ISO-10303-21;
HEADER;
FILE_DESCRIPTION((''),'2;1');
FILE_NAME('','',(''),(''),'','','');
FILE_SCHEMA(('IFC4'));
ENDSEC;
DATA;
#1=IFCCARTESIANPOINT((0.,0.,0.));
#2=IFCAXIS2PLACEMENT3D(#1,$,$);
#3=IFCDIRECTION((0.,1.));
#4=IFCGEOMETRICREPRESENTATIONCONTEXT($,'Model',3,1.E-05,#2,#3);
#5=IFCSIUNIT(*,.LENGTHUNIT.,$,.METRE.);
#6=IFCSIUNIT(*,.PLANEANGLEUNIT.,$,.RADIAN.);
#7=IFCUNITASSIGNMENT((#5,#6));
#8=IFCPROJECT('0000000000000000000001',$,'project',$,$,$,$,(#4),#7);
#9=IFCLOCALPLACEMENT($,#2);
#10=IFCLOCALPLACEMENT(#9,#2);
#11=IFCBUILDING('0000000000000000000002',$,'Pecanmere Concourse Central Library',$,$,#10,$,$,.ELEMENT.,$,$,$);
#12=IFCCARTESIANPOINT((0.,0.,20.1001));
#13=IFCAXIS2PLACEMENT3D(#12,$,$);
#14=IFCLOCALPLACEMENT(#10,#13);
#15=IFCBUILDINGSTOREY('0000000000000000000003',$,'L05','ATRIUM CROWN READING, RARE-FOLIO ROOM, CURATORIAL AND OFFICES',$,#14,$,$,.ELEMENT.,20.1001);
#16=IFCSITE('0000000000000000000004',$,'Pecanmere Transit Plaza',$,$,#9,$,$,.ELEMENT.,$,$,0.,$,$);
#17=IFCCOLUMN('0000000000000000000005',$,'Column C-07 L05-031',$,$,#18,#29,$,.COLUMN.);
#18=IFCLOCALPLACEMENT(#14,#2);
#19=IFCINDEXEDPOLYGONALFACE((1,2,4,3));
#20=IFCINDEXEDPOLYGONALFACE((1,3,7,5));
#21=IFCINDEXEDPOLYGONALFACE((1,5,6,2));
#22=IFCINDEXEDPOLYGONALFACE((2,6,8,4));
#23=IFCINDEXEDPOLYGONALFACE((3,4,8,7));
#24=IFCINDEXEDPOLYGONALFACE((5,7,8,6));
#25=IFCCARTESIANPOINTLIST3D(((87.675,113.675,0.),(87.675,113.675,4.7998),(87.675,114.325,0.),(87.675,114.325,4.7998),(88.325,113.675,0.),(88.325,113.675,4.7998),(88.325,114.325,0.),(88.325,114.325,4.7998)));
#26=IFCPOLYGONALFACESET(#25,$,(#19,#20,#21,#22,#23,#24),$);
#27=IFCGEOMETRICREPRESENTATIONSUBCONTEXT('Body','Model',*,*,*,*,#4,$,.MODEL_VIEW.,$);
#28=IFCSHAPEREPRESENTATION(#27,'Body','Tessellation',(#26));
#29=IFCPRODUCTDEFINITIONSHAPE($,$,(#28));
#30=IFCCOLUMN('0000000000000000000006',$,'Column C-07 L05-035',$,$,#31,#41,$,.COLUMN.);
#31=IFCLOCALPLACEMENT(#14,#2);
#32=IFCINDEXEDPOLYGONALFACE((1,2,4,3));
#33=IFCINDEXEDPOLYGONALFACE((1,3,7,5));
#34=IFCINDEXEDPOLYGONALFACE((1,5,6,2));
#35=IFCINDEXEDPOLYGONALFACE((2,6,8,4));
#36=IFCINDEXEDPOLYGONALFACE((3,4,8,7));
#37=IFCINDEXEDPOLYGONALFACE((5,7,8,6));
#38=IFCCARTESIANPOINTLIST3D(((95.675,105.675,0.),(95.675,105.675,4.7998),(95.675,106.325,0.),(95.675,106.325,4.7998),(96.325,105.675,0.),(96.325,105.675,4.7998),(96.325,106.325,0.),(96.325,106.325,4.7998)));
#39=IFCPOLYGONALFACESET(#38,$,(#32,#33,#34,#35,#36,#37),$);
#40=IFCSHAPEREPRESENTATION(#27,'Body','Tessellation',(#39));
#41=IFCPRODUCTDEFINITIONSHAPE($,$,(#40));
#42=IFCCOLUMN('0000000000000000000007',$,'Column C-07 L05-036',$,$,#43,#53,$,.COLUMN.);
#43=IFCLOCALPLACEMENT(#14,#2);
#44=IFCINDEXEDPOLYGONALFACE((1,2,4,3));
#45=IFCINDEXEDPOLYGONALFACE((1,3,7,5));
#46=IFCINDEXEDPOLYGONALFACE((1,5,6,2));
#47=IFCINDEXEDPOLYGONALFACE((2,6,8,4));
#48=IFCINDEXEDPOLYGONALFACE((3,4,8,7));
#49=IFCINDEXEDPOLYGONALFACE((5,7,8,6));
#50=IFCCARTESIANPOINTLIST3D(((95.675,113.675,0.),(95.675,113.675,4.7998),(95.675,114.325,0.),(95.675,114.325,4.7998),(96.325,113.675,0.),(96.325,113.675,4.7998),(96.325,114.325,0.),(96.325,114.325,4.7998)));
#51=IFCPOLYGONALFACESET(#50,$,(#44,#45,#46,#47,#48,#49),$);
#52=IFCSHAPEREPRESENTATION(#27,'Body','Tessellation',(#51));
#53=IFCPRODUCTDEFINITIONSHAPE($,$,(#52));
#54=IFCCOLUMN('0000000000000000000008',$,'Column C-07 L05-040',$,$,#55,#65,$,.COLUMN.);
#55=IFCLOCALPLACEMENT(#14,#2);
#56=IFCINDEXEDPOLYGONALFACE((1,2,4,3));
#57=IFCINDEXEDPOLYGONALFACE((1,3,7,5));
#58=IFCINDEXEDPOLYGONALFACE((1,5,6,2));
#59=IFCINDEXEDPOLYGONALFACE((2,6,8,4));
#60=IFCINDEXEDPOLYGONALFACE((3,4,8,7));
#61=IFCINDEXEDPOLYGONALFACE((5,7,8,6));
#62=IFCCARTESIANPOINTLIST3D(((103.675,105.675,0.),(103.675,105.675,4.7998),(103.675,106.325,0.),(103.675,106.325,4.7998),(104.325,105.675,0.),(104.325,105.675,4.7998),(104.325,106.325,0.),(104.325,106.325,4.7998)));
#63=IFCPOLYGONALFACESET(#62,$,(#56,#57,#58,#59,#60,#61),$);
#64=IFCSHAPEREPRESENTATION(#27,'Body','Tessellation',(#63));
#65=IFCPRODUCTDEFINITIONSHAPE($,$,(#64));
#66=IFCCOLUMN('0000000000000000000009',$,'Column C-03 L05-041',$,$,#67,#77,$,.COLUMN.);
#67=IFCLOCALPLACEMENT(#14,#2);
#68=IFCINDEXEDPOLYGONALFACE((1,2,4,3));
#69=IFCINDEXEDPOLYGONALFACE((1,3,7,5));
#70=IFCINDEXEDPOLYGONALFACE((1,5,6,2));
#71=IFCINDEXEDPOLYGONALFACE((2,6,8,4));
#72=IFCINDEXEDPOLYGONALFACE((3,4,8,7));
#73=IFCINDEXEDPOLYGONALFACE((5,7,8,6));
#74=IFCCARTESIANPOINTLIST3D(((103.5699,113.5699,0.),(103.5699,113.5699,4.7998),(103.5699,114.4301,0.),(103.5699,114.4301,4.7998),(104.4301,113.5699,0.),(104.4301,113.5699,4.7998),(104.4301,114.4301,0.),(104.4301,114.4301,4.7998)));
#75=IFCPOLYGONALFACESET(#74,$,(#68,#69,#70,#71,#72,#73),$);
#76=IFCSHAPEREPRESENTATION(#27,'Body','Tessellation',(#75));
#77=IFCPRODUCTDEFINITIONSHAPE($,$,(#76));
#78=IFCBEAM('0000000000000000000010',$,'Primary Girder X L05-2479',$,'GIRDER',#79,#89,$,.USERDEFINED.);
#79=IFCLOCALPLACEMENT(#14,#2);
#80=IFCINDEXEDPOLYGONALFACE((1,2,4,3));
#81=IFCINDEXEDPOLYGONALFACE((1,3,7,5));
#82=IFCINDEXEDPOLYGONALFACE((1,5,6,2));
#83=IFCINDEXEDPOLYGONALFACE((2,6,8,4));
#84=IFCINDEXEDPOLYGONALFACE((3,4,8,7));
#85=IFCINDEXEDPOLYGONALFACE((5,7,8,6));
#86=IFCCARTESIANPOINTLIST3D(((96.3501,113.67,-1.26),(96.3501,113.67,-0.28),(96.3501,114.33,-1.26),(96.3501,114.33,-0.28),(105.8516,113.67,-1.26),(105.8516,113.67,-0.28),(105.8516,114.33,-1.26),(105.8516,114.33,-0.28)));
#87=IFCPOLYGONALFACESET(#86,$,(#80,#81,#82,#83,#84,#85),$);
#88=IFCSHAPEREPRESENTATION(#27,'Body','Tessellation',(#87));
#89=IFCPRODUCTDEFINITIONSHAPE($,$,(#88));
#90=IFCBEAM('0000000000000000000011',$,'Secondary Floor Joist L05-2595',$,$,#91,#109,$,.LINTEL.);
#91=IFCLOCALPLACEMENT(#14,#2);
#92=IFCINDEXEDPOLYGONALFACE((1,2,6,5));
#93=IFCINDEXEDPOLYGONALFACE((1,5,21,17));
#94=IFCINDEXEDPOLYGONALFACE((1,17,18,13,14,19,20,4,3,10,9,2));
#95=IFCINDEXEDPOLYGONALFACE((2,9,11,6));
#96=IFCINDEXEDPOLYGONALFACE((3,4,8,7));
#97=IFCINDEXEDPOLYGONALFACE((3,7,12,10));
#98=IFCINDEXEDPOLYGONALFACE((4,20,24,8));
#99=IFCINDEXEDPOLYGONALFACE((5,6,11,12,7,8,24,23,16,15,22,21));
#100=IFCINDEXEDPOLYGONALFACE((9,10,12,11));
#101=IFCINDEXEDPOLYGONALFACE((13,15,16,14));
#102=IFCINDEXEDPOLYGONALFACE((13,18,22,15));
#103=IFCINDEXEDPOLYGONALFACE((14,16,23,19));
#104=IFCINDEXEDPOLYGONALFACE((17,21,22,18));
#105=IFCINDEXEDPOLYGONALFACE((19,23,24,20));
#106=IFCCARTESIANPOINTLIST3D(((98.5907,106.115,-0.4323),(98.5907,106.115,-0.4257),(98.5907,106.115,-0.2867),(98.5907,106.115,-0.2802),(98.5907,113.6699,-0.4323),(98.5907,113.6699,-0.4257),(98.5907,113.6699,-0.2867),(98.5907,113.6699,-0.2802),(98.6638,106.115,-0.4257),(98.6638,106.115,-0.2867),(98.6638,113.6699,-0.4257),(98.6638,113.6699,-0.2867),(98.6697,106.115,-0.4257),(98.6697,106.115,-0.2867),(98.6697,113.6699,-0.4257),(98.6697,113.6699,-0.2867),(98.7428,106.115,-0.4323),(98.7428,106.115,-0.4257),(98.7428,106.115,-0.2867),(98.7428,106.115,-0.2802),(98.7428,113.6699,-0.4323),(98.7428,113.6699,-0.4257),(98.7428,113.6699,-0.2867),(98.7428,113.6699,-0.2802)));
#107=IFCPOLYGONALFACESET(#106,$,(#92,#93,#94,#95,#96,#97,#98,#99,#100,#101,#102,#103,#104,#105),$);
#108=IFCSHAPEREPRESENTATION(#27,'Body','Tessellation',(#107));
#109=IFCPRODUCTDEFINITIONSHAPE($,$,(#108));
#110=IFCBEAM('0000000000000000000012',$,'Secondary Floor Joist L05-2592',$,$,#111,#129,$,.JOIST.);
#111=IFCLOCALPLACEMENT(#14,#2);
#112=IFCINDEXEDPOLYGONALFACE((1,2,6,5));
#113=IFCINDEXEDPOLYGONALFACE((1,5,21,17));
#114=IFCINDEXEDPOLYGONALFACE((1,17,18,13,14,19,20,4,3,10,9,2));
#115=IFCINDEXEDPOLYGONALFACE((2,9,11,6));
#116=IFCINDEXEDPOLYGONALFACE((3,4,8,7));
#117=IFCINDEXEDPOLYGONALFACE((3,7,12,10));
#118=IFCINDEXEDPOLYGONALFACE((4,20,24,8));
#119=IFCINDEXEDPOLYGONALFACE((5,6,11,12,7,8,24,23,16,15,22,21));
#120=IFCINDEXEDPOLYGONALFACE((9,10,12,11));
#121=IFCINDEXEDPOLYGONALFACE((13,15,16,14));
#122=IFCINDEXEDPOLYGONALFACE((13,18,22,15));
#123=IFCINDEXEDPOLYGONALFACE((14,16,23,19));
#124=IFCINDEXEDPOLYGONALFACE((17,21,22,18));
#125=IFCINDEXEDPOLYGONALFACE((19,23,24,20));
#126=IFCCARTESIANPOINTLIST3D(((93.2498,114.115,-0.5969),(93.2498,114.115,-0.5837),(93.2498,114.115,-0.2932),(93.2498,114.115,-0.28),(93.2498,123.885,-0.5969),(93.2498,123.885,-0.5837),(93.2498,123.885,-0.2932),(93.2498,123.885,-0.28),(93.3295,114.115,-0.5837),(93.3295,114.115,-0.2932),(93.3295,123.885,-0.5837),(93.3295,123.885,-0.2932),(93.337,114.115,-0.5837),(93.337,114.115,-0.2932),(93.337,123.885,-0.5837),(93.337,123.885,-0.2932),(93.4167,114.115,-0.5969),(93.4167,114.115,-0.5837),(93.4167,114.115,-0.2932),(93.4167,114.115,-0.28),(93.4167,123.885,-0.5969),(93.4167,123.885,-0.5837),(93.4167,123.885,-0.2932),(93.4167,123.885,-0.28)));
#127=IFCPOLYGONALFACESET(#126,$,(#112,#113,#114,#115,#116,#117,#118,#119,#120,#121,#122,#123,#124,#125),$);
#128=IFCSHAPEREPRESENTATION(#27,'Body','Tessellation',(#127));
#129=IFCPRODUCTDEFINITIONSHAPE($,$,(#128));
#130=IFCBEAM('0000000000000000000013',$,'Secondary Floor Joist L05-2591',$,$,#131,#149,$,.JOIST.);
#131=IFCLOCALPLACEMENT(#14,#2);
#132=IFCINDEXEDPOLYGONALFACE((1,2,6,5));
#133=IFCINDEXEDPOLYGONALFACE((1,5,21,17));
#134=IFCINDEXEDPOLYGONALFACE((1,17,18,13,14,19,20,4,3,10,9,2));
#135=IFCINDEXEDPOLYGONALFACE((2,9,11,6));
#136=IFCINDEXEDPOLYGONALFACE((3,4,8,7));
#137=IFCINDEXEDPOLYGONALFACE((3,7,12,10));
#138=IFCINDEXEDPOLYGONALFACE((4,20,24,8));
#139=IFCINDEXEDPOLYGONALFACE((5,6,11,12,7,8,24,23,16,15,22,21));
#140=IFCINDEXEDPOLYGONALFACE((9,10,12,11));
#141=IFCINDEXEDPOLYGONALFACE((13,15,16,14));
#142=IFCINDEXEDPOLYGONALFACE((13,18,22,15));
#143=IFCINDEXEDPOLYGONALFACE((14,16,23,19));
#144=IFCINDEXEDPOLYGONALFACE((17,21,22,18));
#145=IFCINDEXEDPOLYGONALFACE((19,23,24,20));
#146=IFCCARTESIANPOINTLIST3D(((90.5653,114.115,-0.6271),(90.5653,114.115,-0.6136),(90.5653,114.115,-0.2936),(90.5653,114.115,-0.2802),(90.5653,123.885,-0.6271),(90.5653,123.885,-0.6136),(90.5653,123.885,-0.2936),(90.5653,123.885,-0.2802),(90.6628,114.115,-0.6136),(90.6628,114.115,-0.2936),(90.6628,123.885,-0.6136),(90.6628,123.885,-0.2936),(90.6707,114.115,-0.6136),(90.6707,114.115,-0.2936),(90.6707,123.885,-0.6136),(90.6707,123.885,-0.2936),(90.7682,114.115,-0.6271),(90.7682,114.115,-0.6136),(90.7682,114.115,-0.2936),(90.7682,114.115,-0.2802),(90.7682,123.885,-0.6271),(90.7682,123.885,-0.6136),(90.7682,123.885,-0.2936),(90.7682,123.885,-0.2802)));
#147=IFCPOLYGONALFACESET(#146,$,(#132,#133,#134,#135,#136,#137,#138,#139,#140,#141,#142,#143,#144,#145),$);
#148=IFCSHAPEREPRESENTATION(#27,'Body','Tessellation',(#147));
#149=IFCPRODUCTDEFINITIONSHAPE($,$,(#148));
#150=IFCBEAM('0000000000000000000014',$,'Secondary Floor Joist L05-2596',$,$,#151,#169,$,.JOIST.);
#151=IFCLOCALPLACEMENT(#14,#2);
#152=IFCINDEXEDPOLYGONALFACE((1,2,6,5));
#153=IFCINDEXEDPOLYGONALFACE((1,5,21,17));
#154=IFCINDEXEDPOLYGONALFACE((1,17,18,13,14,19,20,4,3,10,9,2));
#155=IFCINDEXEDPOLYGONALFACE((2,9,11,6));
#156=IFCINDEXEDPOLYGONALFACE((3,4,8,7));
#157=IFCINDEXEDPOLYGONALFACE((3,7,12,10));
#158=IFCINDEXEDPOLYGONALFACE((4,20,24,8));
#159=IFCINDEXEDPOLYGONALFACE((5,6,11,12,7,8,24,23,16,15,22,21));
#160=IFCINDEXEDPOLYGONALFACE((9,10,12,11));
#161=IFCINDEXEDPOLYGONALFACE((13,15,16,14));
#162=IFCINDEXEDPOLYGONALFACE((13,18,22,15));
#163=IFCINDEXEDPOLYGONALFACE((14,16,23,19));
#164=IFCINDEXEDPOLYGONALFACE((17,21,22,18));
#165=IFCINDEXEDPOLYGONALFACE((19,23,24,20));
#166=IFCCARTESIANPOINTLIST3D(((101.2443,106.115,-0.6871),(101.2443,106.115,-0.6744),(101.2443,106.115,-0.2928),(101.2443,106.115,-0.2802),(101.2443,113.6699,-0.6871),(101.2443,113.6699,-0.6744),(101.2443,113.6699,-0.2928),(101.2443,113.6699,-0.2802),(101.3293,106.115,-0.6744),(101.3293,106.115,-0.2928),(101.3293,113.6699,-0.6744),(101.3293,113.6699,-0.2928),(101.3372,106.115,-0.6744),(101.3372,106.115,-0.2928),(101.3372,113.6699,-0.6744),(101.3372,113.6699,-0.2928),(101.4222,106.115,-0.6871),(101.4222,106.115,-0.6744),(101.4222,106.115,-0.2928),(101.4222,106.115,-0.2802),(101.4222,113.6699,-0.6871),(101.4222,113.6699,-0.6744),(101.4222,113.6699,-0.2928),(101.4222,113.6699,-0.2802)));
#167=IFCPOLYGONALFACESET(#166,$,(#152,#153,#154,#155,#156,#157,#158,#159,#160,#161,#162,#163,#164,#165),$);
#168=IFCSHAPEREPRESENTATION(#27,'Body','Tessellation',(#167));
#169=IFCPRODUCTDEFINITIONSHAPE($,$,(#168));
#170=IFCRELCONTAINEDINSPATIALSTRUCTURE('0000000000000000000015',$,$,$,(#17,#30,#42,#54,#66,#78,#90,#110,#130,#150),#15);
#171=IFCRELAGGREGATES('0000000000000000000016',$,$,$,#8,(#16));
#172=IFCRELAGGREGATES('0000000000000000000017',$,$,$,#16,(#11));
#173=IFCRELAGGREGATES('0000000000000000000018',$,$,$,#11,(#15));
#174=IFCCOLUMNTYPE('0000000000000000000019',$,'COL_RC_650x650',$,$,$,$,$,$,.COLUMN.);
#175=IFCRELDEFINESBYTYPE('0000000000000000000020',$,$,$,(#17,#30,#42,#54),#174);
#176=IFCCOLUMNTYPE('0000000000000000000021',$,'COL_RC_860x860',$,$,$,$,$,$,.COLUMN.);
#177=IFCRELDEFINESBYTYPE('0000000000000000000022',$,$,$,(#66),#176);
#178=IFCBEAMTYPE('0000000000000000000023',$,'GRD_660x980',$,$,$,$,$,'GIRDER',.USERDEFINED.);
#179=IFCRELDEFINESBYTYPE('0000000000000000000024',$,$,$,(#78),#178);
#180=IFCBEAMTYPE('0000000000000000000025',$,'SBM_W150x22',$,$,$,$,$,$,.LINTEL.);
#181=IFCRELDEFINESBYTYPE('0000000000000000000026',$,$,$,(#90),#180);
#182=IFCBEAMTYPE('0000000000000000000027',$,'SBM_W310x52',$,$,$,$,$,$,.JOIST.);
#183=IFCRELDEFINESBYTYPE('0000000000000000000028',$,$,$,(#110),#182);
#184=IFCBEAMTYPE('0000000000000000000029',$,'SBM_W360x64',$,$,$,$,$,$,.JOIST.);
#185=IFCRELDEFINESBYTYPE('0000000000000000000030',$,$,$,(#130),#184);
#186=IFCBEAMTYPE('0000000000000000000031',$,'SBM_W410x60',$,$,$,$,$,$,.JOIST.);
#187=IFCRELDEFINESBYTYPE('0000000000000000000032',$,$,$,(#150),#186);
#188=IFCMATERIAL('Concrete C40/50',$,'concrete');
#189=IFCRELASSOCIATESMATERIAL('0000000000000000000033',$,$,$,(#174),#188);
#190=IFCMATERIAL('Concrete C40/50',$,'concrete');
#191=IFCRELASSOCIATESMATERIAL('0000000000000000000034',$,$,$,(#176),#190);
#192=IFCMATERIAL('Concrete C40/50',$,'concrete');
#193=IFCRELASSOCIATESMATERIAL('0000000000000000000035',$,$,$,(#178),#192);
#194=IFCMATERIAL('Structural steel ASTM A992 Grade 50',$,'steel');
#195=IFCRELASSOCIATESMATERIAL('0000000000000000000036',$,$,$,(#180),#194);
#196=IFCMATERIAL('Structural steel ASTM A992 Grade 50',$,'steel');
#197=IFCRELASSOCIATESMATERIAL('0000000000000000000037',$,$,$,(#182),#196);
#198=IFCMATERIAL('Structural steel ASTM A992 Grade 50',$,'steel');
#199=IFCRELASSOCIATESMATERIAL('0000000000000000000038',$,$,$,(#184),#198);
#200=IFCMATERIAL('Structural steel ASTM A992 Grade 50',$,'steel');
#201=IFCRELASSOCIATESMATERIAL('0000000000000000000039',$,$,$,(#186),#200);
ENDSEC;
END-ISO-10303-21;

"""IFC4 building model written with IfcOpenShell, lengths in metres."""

from ifc_helpers import new_model, si_unit, direction, frame, origin, origin_2d, place, context, subcontext, project, spatial, rectangle, i_section, extrude, material, material_profile, profile_set, type_object, element, save


model = new_model("IFC4")

# Units and contexts
model_context = context("Model", 3, precision=1e-05, world=origin(), true_north=direction((0.0, 1.0)))
body_context = subcontext(model_context, "Body", "Model", "MODEL_VIEW")
ifc_project = project(units=[si_unit("LENGTHUNIT", "METRE"), si_unit("PLANEANGLEUNIT", "RADIAN")], contexts=[model_context])

# Site, building, storey
site_placement = place(None, origin())
site = spatial("IfcSite", under=ifc_project, at=site_placement, Name="Pecanmere Transit Plaza", CompositionType="ELEMENT", RefElevation=0.0)
building_placement = place(site_placement, origin())
building = spatial("IfcBuilding", under=site, at=building_placement, Name="Pecanmere Concourse Central Library", CompositionType="ELEMENT")
storey_placement = place(building_placement, frame((0.0, 0.0, 20.1001)))
storey = spatial("IfcBuildingStorey", under=building, at=storey_placement, Name="L05", Description="ATRIUM CROWN READING, RARE-FOLIO ROOM, CURATORIAL AND OFFICES", CompositionType="ELEMENT", Elevation=20.1001)

# Columns
ifc_material_1 = material(Name="Concrete C40/50", Category="concrete")
ifc_material_profile_1 = material_profile(ifc_material_1, rectangle(XDim=0.6499, YDim=0.6499, at=origin_2d()), Name="RC 650x650")
ifc_profile_set_1 = profile_set([ifc_material_profile_1], Name="Concrete C40/50")
column_type_1 = type_object("IfcColumnType", Name="COL_RC_650x650", PredefinedType="COLUMN", material=ifc_profile_set_1)
for number, where, z_axis, x_axis, name in (
    (1, (88.0, 114.0, 0.0), (0.0, 0.0, 1.0), (1.0, 0.0, 0.0), "Column C-07 L05-031"),
    (2, (96.0, 106.0, 0.0), (0.0, 0.0, 1.0), (1.0, 0.0, 0.0), "Column C-07 L05-035"),
    (3, (96.0, 114.0, 0.0), (0.0, 0.0, 1.0), (1.0, 0.0, 0.0), "Column C-07 L05-036"),
    (4, (104.0, 106.0, 0.0), (0.0, 0.0, 1.0), (1.0, 0.0, 0.0), "Column C-07 L05-040"),
):
    element("IfcColumn", number, at=place(storey_placement, frame(where, z_axis=z_axis, x_axis=x_axis)), inside=storey, type_object=column_type_1, Name=name, PredefinedType="COLUMN", context=body_context, shape_type="SweptSolid", body=[
        extrude(rectangle(XDim=0.6499, YDim=0.6499, at=origin_2d()), origin(), (0.0, 0.0, 1.0), 4.7998),
    ])
ifc_material_2 = material(Name="Concrete C40/50", Category="concrete")
ifc_material_profile_2 = material_profile(ifc_material_2, rectangle(XDim=0.8601, YDim=0.8601, at=origin_2d()), Name="RC 860x860")
ifc_profile_set_2 = profile_set([ifc_material_profile_2], Name="Concrete C40/50")
column_type_2 = type_object("IfcColumnType", Name="COL_RC_860x860", PredefinedType="COLUMN", material=ifc_profile_set_2)
column_placement = place(storey_placement, frame((104.0, 114.0, 0.0), z_axis=(0.0, 0.0, 1.0), x_axis=(1.0, 0.0, 0.0)))
element("IfcColumn", 5, at=column_placement, inside=storey, type_object=column_type_2, Name="Column C-03 L05-041", PredefinedType="COLUMN", context=body_context, shape_type="SweptSolid", body=[
    extrude(rectangle(XDim=0.8601, YDim=0.8601, at=origin_2d()), origin(), (0.0, 0.0, 1.0), 4.7998),
])

# Beams
ifc_material_3 = material(Name="Concrete C40/50", Category="concrete")
ifc_material_profile_3 = material_profile(ifc_material_3, rectangle(XDim=0.6599, YDim=0.98, at=origin_2d()), Name="RC 660x980")
ifc_profile_set_3 = profile_set([ifc_material_profile_3], Name="Concrete C40/50")
beam_type_1 = type_object("IfcBeamType", Name="GRD_660x980", ElementType="GIRDER", PredefinedType="USERDEFINED", material=ifc_profile_set_3)
beam_1_placement = place(storey_placement, frame((96.3501, 114.0, -0.77), z_axis=(1.0, 0.0, 0.0), x_axis=(0.0, 1.0, 0.0)))
element("IfcBeam", 6, at=beam_1_placement, inside=storey, type_object=beam_type_1, Name="Primary Girder X L05-2479", ObjectType="GIRDER", PredefinedType="USERDEFINED", context=body_context, shape_type="SweptSolid", body=[
    extrude(rectangle(XDim=0.6599, YDim=0.98, at=origin_2d()), origin(), (0.0, 0.0, 1.0), 9.5015),
])
ifc_material_4 = material(Name="Structural steel ASTM A992 Grade 50", Category="steel")
ifc_material_profile_4 = material_profile(ifc_material_4, i_section(OverallWidth=0.1521, OverallDepth=0.1521, WebThickness=0.0059, FlangeThickness=0.0066, at=origin_2d()), Name="W150x22.5")
ifc_profile_set_4 = profile_set([ifc_material_profile_4], Name="Structural steel ASTM A992 Grade 50")
beam_type_2 = type_object("IfcBeamType", Name="SBM_W150x22", PredefinedType="LINTEL", material=ifc_profile_set_4)
beam_2_placement = place(storey_placement, frame((98.6667, 106.115, -0.3562), z_axis=(0.0, 1.0, 0.0), x_axis=(-1.0, 0.0, 0.0)))
element("IfcBeam", 7, at=beam_2_placement, inside=storey, type_object=beam_type_2, Name="Secondary Floor Joist L05-2595", PredefinedType="LINTEL", context=body_context, shape_type="SweptSolid", body=[
    extrude(i_section(OverallWidth=0.1521, OverallDepth=0.1521, WebThickness=0.0059, FlangeThickness=0.0066, at=origin_2d()), origin(), (0.0, 0.0, 1.0), 7.5549),
])
ifc_material_5 = material(Name="Structural steel ASTM A992 Grade 50", Category="steel")
ifc_material_profile_5 = material_profile(ifc_material_5, i_section(OverallWidth=0.167, OverallDepth=0.3169, WebThickness=0.0076, FlangeThickness=0.0132, at=origin_2d()), Name="W310x52")
ifc_profile_set_5 = profile_set([ifc_material_profile_5], Name="Structural steel ASTM A992 Grade 50")
beam_type_3 = type_object("IfcBeamType", Name="SBM_W310x52", PredefinedType="JOIST", material=ifc_profile_set_5)
beam_3_placement = place(storey_placement, frame((93.3333, 114.115, -0.4385), z_axis=(0.0, 1.0, 0.0), x_axis=(-1.0, 0.0, 0.0)))
element("IfcBeam", 8, at=beam_3_placement, inside=storey, type_object=beam_type_3, Name="Secondary Floor Joist L05-2592", PredefinedType="JOIST", context=body_context, shape_type="SweptSolid", body=[
    extrude(i_section(OverallWidth=0.167, OverallDepth=0.3169, WebThickness=0.0076, FlangeThickness=0.0132, at=origin_2d()), origin(), (0.0, 0.0, 1.0), 9.77),
])
ifc_material_6 = material(Name="Structural steel ASTM A992 Grade 50", Category="steel")
ifc_material_profile_6 = material_profile(ifc_material_6, i_section(OverallWidth=0.2029, OverallDepth=0.3469, WebThickness=0.0078, FlangeThickness=0.0134, at=origin_2d()), Name="W360x64")
ifc_profile_set_6 = profile_set([ifc_material_profile_6], Name="Structural steel ASTM A992 Grade 50")
beam_type_4 = type_object("IfcBeamType", Name="SBM_W360x64", PredefinedType="JOIST", material=ifc_profile_set_6)
beam_4_placement = place(storey_placement, frame((90.6667, 114.115, -0.4536), z_axis=(0.0, 1.0, 0.0), x_axis=(-1.0, 0.0, 0.0)))
element("IfcBeam", 9, at=beam_4_placement, inside=storey, type_object=beam_type_4, Name="Secondary Floor Joist L05-2591", PredefinedType="JOIST", context=body_context, shape_type="SweptSolid", body=[
    extrude(i_section(OverallWidth=0.2029, OverallDepth=0.3469, WebThickness=0.0078, FlangeThickness=0.0134, at=origin_2d()), origin(), (0.0, 0.0, 1.0), 9.77),
])
ifc_material_7 = material(Name="Structural steel ASTM A992 Grade 50", Category="steel")
ifc_material_profile_7 = material_profile(ifc_material_7, i_section(OverallWidth=0.178, OverallDepth=0.407, WebThickness=0.0078, FlangeThickness=0.0127, at=origin_2d()), Name="W410x60")
ifc_profile_set_7 = profile_set([ifc_material_profile_7], Name="Structural steel ASTM A992 Grade 50")
beam_type_5 = type_object("IfcBeamType", Name="SBM_W410x60", PredefinedType="JOIST", material=ifc_profile_set_7)
beam_5_placement = place(storey_placement, frame((101.3333, 106.115, -0.4836), z_axis=(0.0, 1.0, 0.0), x_axis=(-1.0, 0.0, 0.0)))
element("IfcBeam", 10, at=beam_5_placement, inside=storey, type_object=beam_type_5, Name="Secondary Floor Joist L05-2596", PredefinedType="JOIST", context=body_context, shape_type="SweptSolid", body=[
    extrude(i_section(OverallWidth=0.178, OverallDepth=0.407, WebThickness=0.0078, FlangeThickness=0.0127, at=origin_2d()), origin(), (0.0, 0.0, 1.0), 7.5549),
])

save(model, "model.ifc")
